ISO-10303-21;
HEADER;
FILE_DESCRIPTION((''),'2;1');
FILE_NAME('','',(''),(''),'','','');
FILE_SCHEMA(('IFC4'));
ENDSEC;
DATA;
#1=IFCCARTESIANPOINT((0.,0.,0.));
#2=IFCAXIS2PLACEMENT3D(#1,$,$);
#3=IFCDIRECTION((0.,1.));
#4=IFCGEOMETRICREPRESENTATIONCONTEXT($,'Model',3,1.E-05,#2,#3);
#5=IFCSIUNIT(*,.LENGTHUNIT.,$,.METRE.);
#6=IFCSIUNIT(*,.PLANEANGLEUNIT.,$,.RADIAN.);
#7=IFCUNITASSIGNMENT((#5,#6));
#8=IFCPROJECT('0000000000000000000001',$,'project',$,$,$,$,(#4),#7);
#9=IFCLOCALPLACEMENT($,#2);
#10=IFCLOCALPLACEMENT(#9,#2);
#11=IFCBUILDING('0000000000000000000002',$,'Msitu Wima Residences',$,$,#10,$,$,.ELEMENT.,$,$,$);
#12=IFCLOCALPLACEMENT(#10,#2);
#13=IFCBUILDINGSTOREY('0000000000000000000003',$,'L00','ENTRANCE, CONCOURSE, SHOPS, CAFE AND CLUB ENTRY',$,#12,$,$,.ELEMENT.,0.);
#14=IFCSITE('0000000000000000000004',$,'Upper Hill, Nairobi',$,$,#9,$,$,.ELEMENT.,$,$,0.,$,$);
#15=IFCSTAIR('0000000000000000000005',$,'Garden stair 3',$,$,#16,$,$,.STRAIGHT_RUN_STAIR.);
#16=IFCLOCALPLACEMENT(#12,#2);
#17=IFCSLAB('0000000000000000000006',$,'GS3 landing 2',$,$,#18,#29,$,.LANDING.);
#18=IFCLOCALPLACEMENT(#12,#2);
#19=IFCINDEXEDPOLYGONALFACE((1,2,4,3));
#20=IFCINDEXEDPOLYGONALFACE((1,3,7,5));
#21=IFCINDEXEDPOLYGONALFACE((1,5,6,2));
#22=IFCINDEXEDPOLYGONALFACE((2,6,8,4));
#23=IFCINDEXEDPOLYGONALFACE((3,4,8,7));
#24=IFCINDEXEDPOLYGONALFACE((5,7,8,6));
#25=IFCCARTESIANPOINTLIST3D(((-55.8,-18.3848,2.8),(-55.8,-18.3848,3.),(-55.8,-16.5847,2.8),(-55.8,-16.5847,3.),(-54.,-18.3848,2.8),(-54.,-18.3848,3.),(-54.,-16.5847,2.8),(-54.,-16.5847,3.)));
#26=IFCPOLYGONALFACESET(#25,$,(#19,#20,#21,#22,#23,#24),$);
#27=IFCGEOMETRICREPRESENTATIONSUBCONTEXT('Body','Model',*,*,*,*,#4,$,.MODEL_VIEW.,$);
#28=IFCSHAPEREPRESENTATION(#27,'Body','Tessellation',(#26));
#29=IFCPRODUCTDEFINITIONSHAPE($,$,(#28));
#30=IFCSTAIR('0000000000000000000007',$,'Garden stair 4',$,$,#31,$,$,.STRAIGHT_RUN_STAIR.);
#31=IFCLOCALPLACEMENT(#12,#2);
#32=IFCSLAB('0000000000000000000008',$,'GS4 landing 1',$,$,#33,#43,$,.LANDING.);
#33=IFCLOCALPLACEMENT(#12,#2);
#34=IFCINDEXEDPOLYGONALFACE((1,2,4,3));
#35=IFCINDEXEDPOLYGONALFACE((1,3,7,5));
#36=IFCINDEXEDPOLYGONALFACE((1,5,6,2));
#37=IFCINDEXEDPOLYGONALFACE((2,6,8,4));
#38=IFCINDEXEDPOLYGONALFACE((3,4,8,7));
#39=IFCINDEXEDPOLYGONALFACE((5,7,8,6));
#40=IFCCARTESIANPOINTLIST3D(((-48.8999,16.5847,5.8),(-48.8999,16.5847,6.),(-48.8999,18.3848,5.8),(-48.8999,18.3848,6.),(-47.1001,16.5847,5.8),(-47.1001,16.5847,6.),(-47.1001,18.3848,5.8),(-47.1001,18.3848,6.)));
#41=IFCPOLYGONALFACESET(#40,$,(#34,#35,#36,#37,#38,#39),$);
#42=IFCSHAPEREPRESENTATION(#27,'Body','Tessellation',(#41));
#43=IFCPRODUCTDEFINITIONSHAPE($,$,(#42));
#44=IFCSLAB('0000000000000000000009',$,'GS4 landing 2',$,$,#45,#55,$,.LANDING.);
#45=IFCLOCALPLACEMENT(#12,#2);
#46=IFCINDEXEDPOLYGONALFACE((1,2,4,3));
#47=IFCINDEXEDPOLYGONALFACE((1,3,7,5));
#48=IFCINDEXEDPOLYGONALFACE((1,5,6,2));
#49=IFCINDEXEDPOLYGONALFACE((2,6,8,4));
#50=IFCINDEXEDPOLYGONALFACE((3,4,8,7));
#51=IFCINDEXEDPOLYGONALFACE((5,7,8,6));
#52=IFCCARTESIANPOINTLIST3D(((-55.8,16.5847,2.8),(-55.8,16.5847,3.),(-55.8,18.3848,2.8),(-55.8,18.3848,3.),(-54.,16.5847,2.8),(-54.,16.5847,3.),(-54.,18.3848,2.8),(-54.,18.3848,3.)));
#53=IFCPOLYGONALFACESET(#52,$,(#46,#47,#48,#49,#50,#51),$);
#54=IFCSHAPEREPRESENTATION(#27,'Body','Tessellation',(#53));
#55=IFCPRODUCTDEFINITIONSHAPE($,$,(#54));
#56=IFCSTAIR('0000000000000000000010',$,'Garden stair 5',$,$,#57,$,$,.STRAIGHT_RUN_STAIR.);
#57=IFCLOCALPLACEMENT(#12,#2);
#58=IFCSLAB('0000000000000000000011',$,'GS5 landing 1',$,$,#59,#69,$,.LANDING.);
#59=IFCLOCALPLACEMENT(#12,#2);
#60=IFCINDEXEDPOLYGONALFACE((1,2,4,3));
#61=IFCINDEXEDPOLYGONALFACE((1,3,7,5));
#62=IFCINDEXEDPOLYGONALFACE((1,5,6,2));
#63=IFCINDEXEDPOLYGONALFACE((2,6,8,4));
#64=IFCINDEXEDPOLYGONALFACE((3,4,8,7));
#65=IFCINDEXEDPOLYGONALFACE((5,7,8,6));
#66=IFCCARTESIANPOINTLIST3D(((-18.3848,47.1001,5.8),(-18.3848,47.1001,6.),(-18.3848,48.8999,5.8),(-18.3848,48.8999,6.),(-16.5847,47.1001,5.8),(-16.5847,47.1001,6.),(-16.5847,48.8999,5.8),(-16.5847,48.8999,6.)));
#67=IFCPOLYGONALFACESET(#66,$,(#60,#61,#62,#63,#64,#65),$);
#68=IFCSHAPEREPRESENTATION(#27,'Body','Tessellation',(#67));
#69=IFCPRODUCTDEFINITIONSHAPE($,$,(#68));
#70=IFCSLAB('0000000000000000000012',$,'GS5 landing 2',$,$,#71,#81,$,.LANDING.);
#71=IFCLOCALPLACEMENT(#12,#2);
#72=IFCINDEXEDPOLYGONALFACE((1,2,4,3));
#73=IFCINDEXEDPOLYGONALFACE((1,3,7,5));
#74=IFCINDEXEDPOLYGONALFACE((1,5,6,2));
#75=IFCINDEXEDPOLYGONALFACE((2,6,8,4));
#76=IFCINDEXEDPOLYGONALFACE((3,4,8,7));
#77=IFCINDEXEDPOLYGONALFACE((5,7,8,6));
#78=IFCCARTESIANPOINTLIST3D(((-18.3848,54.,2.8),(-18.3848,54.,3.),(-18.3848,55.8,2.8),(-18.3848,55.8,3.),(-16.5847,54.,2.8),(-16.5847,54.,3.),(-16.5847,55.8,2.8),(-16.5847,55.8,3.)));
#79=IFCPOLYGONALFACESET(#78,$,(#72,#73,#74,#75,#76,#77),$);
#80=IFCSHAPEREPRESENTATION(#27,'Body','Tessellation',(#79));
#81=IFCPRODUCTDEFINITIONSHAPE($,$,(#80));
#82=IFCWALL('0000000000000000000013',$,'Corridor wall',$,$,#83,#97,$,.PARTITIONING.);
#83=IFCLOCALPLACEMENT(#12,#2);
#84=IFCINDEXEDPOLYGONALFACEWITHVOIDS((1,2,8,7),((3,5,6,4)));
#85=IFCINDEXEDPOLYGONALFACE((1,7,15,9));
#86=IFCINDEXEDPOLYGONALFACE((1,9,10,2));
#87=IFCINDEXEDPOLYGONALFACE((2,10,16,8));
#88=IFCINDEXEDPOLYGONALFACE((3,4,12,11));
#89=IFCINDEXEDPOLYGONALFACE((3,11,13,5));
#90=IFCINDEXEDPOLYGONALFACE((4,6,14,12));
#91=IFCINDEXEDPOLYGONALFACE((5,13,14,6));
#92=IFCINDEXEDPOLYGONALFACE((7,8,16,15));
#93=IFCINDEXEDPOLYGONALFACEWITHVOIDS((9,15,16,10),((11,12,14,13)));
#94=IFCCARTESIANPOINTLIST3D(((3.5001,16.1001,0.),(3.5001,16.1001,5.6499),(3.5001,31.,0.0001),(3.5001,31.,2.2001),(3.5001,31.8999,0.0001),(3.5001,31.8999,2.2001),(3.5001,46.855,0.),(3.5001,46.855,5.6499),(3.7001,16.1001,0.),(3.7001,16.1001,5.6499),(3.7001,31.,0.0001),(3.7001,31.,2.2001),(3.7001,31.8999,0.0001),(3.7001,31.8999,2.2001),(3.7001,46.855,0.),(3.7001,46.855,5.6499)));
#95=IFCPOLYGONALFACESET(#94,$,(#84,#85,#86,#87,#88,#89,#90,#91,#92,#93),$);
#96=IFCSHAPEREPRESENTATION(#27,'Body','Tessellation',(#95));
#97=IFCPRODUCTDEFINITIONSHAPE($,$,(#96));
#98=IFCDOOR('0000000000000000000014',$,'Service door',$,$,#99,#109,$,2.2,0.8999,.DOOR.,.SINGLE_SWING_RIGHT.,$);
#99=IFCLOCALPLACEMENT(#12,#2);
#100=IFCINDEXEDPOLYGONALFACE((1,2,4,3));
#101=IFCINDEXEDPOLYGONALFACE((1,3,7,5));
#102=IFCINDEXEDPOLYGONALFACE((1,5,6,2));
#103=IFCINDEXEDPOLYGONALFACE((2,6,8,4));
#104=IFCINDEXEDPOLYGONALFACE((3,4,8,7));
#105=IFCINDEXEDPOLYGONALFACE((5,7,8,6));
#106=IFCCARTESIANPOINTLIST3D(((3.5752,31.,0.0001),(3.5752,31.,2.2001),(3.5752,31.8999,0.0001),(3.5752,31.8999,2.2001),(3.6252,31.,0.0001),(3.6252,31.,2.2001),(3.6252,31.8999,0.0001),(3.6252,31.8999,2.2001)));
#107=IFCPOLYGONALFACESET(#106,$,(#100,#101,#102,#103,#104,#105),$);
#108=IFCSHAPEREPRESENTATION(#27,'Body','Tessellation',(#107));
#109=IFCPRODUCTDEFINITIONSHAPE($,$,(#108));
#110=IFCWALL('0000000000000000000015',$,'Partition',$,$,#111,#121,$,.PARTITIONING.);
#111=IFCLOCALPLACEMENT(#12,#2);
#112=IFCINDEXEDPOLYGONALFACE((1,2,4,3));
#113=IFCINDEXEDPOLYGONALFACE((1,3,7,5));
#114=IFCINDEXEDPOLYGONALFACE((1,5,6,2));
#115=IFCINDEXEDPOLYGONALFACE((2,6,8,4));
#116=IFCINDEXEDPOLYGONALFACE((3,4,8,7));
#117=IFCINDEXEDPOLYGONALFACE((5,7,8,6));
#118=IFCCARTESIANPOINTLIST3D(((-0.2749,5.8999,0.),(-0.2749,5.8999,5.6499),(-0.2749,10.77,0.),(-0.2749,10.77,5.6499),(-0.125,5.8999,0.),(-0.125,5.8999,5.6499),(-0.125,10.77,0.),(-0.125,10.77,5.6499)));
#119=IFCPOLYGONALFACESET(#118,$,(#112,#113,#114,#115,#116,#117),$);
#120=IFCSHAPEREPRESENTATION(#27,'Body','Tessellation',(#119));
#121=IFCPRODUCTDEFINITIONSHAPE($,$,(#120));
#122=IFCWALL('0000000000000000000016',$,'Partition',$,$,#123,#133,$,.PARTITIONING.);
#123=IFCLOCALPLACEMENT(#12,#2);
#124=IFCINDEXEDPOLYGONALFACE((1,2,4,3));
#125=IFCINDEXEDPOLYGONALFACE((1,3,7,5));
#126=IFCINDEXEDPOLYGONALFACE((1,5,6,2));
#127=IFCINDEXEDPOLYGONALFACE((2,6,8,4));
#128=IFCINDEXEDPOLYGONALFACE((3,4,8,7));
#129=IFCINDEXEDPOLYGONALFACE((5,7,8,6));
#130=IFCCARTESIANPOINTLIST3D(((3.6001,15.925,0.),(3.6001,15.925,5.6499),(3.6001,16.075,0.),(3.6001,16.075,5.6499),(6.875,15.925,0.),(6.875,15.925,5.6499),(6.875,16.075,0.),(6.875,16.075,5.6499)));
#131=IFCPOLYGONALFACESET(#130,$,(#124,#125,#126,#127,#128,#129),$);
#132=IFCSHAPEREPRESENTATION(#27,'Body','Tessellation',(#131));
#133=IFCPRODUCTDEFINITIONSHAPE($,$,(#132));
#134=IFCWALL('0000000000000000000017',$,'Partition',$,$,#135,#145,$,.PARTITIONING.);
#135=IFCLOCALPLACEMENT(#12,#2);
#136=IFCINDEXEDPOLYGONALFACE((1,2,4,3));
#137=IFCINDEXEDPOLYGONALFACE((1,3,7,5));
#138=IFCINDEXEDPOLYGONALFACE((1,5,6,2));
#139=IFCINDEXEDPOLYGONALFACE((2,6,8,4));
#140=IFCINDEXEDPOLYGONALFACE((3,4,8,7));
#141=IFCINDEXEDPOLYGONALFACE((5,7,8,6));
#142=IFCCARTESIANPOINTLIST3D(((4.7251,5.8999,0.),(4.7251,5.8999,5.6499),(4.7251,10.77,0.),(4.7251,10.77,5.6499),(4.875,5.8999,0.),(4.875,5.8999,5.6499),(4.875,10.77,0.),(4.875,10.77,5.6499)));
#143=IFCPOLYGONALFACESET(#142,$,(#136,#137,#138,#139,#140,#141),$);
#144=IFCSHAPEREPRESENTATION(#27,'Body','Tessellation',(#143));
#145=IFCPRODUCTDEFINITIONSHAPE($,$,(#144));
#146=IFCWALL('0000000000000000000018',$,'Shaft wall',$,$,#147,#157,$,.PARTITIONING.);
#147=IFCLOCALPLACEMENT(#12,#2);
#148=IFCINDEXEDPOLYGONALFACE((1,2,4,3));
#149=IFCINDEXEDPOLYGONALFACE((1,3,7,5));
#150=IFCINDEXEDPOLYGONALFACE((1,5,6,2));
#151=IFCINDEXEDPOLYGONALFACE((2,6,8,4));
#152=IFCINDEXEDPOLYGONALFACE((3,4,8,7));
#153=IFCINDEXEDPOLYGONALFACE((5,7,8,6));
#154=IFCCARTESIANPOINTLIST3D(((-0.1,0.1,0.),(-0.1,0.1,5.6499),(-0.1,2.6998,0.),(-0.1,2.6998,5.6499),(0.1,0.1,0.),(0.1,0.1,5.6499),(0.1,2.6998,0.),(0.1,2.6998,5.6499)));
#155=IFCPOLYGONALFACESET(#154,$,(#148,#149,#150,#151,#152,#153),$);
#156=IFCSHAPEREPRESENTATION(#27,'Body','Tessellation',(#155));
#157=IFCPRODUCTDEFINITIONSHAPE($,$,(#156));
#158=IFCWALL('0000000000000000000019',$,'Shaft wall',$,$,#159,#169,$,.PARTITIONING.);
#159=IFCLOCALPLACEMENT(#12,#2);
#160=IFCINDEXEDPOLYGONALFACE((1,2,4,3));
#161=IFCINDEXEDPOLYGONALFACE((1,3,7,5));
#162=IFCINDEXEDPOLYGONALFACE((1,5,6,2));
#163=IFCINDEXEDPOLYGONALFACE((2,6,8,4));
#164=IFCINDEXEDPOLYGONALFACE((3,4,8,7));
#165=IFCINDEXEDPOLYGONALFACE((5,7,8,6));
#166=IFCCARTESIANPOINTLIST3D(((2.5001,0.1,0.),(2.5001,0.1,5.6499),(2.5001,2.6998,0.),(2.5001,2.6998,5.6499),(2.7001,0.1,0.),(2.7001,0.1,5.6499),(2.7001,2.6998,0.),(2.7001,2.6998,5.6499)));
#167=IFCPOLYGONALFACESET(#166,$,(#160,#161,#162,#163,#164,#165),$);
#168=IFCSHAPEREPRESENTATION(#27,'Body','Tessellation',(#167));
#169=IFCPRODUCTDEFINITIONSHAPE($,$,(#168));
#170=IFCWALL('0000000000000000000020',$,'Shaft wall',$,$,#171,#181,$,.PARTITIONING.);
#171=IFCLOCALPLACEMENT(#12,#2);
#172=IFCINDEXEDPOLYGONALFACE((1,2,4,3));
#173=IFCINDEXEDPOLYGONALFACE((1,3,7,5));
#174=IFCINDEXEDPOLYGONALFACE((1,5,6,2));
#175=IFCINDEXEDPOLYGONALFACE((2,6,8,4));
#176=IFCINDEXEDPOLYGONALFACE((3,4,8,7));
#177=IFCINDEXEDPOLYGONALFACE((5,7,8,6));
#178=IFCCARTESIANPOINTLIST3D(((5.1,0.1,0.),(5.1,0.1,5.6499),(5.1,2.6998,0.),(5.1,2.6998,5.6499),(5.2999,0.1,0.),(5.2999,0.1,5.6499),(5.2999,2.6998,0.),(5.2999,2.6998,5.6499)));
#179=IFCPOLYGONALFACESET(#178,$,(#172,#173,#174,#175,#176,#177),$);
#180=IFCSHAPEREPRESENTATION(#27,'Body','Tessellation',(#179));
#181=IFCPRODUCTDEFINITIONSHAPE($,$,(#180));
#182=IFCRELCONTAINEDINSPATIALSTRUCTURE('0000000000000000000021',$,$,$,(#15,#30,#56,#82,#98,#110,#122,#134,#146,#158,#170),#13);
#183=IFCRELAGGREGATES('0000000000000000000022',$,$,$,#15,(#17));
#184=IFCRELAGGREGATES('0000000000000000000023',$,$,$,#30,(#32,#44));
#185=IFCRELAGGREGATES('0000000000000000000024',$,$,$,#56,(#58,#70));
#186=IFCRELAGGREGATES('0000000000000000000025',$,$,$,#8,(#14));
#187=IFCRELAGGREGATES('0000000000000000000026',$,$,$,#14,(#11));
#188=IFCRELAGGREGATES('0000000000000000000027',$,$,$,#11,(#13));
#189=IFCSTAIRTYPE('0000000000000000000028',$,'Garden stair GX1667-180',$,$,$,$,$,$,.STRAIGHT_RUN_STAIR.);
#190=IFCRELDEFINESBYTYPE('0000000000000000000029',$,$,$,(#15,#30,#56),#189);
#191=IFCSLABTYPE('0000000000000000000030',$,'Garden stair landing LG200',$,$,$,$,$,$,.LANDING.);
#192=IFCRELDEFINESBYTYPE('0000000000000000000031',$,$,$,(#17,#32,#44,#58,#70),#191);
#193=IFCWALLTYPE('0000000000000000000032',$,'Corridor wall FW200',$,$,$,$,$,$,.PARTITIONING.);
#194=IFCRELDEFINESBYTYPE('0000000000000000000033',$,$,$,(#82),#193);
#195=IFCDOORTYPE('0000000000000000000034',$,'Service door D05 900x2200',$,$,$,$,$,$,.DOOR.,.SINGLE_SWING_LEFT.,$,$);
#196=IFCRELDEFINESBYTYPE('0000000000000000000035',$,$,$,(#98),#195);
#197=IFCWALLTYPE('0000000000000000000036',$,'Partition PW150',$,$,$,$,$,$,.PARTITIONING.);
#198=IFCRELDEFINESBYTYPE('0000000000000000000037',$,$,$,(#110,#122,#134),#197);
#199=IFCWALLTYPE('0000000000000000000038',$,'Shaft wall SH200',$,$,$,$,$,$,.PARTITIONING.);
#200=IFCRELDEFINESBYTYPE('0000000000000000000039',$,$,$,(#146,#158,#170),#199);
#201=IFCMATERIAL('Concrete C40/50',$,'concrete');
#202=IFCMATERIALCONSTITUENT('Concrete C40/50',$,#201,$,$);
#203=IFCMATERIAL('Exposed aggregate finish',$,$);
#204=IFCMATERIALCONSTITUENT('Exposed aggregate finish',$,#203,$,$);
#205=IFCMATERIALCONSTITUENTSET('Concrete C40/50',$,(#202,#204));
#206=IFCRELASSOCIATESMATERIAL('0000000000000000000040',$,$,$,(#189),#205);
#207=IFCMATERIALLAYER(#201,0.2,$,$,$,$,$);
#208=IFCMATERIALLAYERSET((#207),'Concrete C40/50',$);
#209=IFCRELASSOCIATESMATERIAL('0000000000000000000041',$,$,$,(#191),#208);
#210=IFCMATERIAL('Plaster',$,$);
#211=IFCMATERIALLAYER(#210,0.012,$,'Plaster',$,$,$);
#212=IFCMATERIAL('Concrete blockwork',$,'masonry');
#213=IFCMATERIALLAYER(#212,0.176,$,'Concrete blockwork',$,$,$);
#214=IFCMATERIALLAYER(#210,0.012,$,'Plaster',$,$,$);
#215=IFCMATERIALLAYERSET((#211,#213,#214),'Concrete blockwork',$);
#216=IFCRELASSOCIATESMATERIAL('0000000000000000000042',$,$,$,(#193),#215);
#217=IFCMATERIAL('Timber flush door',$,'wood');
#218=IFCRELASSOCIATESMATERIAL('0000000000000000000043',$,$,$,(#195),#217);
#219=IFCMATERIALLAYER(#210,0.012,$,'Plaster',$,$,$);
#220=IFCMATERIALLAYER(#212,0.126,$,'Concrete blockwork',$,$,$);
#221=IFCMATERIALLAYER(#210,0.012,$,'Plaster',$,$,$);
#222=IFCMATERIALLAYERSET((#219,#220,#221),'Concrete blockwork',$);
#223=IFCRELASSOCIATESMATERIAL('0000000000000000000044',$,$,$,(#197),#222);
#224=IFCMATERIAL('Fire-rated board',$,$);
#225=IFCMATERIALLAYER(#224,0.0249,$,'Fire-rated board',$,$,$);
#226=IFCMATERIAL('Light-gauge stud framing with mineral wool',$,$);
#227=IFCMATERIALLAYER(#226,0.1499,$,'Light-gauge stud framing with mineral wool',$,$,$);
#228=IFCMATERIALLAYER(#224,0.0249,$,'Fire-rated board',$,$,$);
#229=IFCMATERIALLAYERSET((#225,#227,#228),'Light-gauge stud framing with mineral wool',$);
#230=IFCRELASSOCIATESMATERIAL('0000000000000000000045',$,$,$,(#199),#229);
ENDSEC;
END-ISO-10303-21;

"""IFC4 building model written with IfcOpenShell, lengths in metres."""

from ifc_helpers import new_model, si_unit, direction, frame, frame_2d, origin, place, context, subcontext, project, spatial, polyline, rectangle, outline, extrude, material, layer, layer_set, constituent, constituent_set, type_object, element, fill, aggregate, save


model = new_model("IFC4")

# Units and contexts
model_context = context("Model", 3, precision=1e-05, world=origin(), true_north=direction((0.0, 1.0)))
body_context = subcontext(model_context, "Body", "Model", "MODEL_VIEW")
ifc_project = project(units=[si_unit("LENGTHUNIT", "METRE"), si_unit("PLANEANGLEUNIT", "RADIAN")], contexts=[model_context])

# Site, building, storey
site_placement = place(None, origin())
site = spatial("IfcSite", under=ifc_project, at=site_placement, Name="Upper Hill, Nairobi", CompositionType="ELEMENT", RefElevation=0.0)
building_placement = place(site_placement, origin())
building = spatial("IfcBuilding", under=site, at=building_placement, Name="Msitu Wima Residences", CompositionType="ELEMENT")
storey_placement = place(building_placement, origin())
storey = spatial("IfcBuildingStorey", under=building, at=storey_placement, Name="L00", Description="ENTRANCE, CONCOURSE, SHOPS, CAFE AND CLUB ENTRY", CompositionType="ELEMENT", Elevation=0.0)

# Shared definitions
ifc_material_1 = material(Name="Concrete C40/50", Category="concrete")

# Stairs, slabs
ifc_constituent_1 = constituent(ifc_material_1, Name="Concrete C40/50")
ifc_material_2 = material(Name="Exposed aggregate finish")
ifc_constituent_2 = constituent(ifc_material_2, Name="Exposed aggregate finish")
ifc_constituent_set = constituent_set(constituents=[ifc_constituent_1, ifc_constituent_2], Name="Concrete C40/50")
stair_type = type_object("IfcStairType", Name="Garden stair GX1667-180", PredefinedType="STRAIGHT_RUN_STAIR", material=ifc_constituent_set)
ifc_layer_1 = layer(ifc_material_1, 0.2)
ifc_layer_set_1 = layer_set([ifc_layer_1], Name="Concrete C40/50")
slab_type = type_object("IfcSlabType", Name="Garden stair landing LG200", PredefinedType="LANDING", material=ifc_layer_set_1)
stair_1_placement = place(storey_placement, origin())
stair_1 = element("IfcStair", 1, at=stair_1_placement, inside=storey, type_object=stair_type, Name="Garden stair 3", PredefinedType="STRAIGHT_RUN_STAIR")
slab_1_placement = place(storey_placement, frame((0.0, 0.0, 2.8)))
slab_1 = element("IfcSlab", 2, at=slab_1_placement, type_object=slab_type, Name="GS3 landing 2", PredefinedType="LANDING", context=body_context, shape_type="SweptSolid", body=[
    extrude(outline(polyline([(-54.0, -16.5847), (-54.0, -18.3848), (-55.8, -18.3848), (-55.8, -16.5847), (-54.0, -16.5847)])), origin(), (0.0, 0.0, 1.0), 0.2),
])
aggregate(stair_1, [slab_1])
stair_2_placement = place(storey_placement, origin())
stair_2 = element("IfcStair", 3, at=stair_2_placement, inside=storey, type_object=stair_type, Name="Garden stair 4", PredefinedType="STRAIGHT_RUN_STAIR")
slab_2_placement = place(storey_placement, frame((0.0, 0.0, 5.8)))
slab_2 = element("IfcSlab", 4, at=slab_2_placement, type_object=slab_type, Name="GS4 landing 1", PredefinedType="LANDING", context=body_context, shape_type="SweptSolid", body=[
    extrude(outline(polyline([(-47.1001, 18.3848), (-47.1001, 16.5847), (-48.8999, 16.5847), (-48.8999, 18.3848), (-47.1001, 18.3848)])), origin(), (0.0, 0.0, 1.0), 0.2),
])
slab_3_placement = place(storey_placement, frame((0.0, 0.0, 2.8)))
slab_3 = element("IfcSlab", 5, at=slab_3_placement, type_object=slab_type, Name="GS4 landing 2", PredefinedType="LANDING", context=body_context, shape_type="SweptSolid", body=[
    extrude(outline(polyline([(-54.0, 18.3848), (-54.0, 16.5847), (-55.8, 16.5847), (-55.8, 18.3848), (-54.0, 18.3848)])), origin(), (0.0, 0.0, 1.0), 0.2),
])
aggregate(stair_2, [slab_2, slab_3])
stair_3_placement = place(storey_placement, origin())
stair_3 = element("IfcStair", 6, at=stair_3_placement, inside=storey, type_object=stair_type, Name="Garden stair 5", PredefinedType="STRAIGHT_RUN_STAIR")
slab_4_placement = place(storey_placement, frame((0.0, 0.0, 5.8)))
slab_4 = element("IfcSlab", 7, at=slab_4_placement, type_object=slab_type, Name="GS5 landing 1", PredefinedType="LANDING", context=body_context, shape_type="SweptSolid", body=[
    extrude(outline(polyline([(-16.5847, 47.1001), (-18.3848, 47.1001), (-18.3848, 48.8999), (-16.5847, 48.8999), (-16.5847, 47.1001)])), origin(), (0.0, 0.0, 1.0), 0.2),
])
slab_5_placement = place(storey_placement, frame((0.0, 0.0, 2.8)))
slab_5 = element("IfcSlab", 8, at=slab_5_placement, type_object=slab_type, Name="GS5 landing 2", PredefinedType="LANDING", context=body_context, shape_type="SweptSolid", body=[
    extrude(outline(polyline([(-16.5847, 54.0), (-18.3848, 54.0), (-18.3848, 55.8), (-16.5847, 55.8), (-16.5847, 54.0)])), origin(), (0.0, 0.0, 1.0), 0.2),
])
aggregate(stair_3, [slab_4, slab_5])

# Wall, opening, door
ifc_material_3 = material(Name="Plaster")
ifc_layer_2 = layer(ifc_material_3, 0.012, Name="Plaster")
ifc_material_4 = material(Name="Concrete blockwork", Category="masonry")
ifc_layer_3 = layer(ifc_material_4, 0.176, Name="Concrete blockwork")
ifc_layer_4 = layer(ifc_material_3, 0.012, Name="Plaster")
ifc_layer_set_2 = layer_set([ifc_layer_2, ifc_layer_3, ifc_layer_4], Name="Concrete blockwork")
wall_type_1 = type_object("IfcWallType", Name="Corridor wall FW200", PredefinedType="PARTITIONING", material=ifc_layer_set_2)
wall_1_placement = place(storey_placement, frame((3.6001, 16.1001, 0.0), z_axis=(0.0, 0.0, 1.0), x_axis=(0.0, 1.0, 0.0)))
wall_1 = element("IfcWall", 9, at=wall_1_placement, inside=storey, type_object=wall_type_1, Name="Corridor wall", PredefinedType="PARTITIONING", context=body_context, shape_type="SweptSolid", body=[
    extrude(rectangle(XDim=30.7549, YDim=0.2, at=frame_2d((15.3774, 0.0))), origin(), (0.0, 0.0, 1.0), 5.6499),
])
opening_placement = place(wall_1_placement, frame((14.8999, 0.0, 0.0)))
opening = element("IfcOpeningElement", 10, at=opening_placement, cuts=wall_1, PredefinedType="OPENING", context=body_context, shape_type="SweptSolid", body=[
    extrude(rectangle(XDim=0.8999, YDim=2.2, at=frame_2d((0.45, 1.1001))), frame((0.0, 0.1099, 0.0), z_axis=(0.0, -1.0, 0.0), x_axis=(1.0, 0.0, 0.0)), (0.0, 0.0, 1.0), 0.22),
])
ifc_material_5 = material(Name="Timber flush door", Category="wood")
door_type = type_object("IfcDoorType", Name="Service door D05 900x2200", OperationType="SINGLE_SWING_LEFT", PredefinedType="DOOR", material=ifc_material_5)
door_placement = place(opening_placement, origin())
door = element("IfcDoor", 11, at=door_placement, inside=storey, type_object=door_type, Name="Service door", OperationType="SINGLE_SWING_RIGHT", OverallHeight=2.2, OverallWidth=0.8999, PredefinedType="DOOR", context=body_context, shape_type="SweptSolid", body=[
    extrude(rectangle(XDim=0.8999, YDim=2.2, at=frame_2d((0.45, 1.1001))), frame((0.0, 0.0249, 0.0), z_axis=(0.0, -1.0, 0.0), x_axis=(1.0, 0.0, 0.0)), (0.0, 0.0, 1.0), 0.05),
])
fill(opening, door)

# Walls
ifc_layer_5 = layer(ifc_material_3, 0.012, Name="Plaster")
ifc_layer_6 = layer(ifc_material_4, 0.126, Name="Concrete blockwork")
ifc_layer_7 = layer(ifc_material_3, 0.012, Name="Plaster")
ifc_layer_set_3 = layer_set([ifc_layer_5, ifc_layer_6, ifc_layer_7], Name="Concrete blockwork")
wall_type_2 = type_object("IfcWallType", Name="Partition PW150", PredefinedType="PARTITIONING", material=ifc_layer_set_3)
wall_2_placement = place(storey_placement, frame((-0.2, 5.8999, 0.0), z_axis=(0.0, 0.0, 1.0), x_axis=(0.0, 1.0, 0.0)))
element("IfcWall", 12, at=wall_2_placement, inside=storey, type_object=wall_type_2, Name="Partition", PredefinedType="PARTITIONING", context=body_context, shape_type="SweptSolid", body=[
    extrude(rectangle(XDim=4.8701, YDim=0.1499, at=frame_2d((2.4351, 0.0))), origin(), (0.0, 0.0, 1.0), 5.6499),
])
wall_3_placement = place(storey_placement, frame((3.6001, 16.0, 0.0), z_axis=(0.0, 0.0, 1.0), x_axis=(1.0, 0.0, 0.0)))
element("IfcWall", 13, at=wall_3_placement, inside=storey, type_object=wall_type_2, Name="Partition", PredefinedType="PARTITIONING", context=body_context, shape_type="SweptSolid", body=[
    extrude(rectangle(XDim=3.2749, YDim=0.1499, at=frame_2d((1.6375, 0.0))), origin(), (0.0, 0.0, 1.0), 5.6499),
])
wall_4_placement = place(storey_placement, frame((4.8, 5.8999, 0.0), z_axis=(0.0, 0.0, 1.0), x_axis=(0.0, 1.0, 0.0)))
element("IfcWall", 14, at=wall_4_placement, inside=storey, type_object=wall_type_2, Name="Partition", PredefinedType="PARTITIONING", context=body_context, shape_type="SweptSolid", body=[
    extrude(rectangle(XDim=4.8701, YDim=0.1499, at=frame_2d((2.4351, 0.0))), origin(), (0.0, 0.0, 1.0), 5.6499),
])
ifc_material_6 = material(Name="Fire-rated board")
ifc_layer_8 = layer(ifc_material_6, 0.0249, Name="Fire-rated board")
ifc_material_7 = material(Name="Light-gauge stud framing with mineral wool")
ifc_layer_9 = layer(ifc_material_7, 0.1499, Name="Light-gauge stud framing with mineral wool")
ifc_layer_10 = layer(ifc_material_6, 0.0249, Name="Fire-rated board")
ifc_layer_set_4 = layer_set([ifc_layer_8, ifc_layer_9, ifc_layer_10], Name="Light-gauge stud framing with mineral wool")
wall_type_3 = type_object("IfcWallType", Name="Shaft wall SH200", PredefinedType="PARTITIONING", material=ifc_layer_set_4)
for number, where, z_axis, x_axis, name in (
    (15, (0.0, 0.1001, 0.0), (0.0, 0.0, 1.0), (0.0, 1.0, 0.0), "Shaft wall"),
    (16, (2.6001, 0.1001, 0.0), (0.0, 0.0, 1.0), (0.0, 1.0, 0.0), "Shaft wall"),
    (17, (5.2, 0.1001, 0.0), (0.0, 0.0, 1.0), (0.0, 1.0, 0.0), "Shaft wall"),
):
    element("IfcWall", number, at=place(storey_placement, frame(where, z_axis=z_axis, x_axis=x_axis)), inside=storey, type_object=wall_type_3, Name=name, PredefinedType="PARTITIONING", context=body_context, shape_type="SweptSolid", body=[
        extrude(rectangle(XDim=2.5999, YDim=0.2, at=frame_2d((1.2998, 0.0))), origin(), (0.0, 0.0, 1.0), 5.6499),
    ])

save(model, "model.ifc")
